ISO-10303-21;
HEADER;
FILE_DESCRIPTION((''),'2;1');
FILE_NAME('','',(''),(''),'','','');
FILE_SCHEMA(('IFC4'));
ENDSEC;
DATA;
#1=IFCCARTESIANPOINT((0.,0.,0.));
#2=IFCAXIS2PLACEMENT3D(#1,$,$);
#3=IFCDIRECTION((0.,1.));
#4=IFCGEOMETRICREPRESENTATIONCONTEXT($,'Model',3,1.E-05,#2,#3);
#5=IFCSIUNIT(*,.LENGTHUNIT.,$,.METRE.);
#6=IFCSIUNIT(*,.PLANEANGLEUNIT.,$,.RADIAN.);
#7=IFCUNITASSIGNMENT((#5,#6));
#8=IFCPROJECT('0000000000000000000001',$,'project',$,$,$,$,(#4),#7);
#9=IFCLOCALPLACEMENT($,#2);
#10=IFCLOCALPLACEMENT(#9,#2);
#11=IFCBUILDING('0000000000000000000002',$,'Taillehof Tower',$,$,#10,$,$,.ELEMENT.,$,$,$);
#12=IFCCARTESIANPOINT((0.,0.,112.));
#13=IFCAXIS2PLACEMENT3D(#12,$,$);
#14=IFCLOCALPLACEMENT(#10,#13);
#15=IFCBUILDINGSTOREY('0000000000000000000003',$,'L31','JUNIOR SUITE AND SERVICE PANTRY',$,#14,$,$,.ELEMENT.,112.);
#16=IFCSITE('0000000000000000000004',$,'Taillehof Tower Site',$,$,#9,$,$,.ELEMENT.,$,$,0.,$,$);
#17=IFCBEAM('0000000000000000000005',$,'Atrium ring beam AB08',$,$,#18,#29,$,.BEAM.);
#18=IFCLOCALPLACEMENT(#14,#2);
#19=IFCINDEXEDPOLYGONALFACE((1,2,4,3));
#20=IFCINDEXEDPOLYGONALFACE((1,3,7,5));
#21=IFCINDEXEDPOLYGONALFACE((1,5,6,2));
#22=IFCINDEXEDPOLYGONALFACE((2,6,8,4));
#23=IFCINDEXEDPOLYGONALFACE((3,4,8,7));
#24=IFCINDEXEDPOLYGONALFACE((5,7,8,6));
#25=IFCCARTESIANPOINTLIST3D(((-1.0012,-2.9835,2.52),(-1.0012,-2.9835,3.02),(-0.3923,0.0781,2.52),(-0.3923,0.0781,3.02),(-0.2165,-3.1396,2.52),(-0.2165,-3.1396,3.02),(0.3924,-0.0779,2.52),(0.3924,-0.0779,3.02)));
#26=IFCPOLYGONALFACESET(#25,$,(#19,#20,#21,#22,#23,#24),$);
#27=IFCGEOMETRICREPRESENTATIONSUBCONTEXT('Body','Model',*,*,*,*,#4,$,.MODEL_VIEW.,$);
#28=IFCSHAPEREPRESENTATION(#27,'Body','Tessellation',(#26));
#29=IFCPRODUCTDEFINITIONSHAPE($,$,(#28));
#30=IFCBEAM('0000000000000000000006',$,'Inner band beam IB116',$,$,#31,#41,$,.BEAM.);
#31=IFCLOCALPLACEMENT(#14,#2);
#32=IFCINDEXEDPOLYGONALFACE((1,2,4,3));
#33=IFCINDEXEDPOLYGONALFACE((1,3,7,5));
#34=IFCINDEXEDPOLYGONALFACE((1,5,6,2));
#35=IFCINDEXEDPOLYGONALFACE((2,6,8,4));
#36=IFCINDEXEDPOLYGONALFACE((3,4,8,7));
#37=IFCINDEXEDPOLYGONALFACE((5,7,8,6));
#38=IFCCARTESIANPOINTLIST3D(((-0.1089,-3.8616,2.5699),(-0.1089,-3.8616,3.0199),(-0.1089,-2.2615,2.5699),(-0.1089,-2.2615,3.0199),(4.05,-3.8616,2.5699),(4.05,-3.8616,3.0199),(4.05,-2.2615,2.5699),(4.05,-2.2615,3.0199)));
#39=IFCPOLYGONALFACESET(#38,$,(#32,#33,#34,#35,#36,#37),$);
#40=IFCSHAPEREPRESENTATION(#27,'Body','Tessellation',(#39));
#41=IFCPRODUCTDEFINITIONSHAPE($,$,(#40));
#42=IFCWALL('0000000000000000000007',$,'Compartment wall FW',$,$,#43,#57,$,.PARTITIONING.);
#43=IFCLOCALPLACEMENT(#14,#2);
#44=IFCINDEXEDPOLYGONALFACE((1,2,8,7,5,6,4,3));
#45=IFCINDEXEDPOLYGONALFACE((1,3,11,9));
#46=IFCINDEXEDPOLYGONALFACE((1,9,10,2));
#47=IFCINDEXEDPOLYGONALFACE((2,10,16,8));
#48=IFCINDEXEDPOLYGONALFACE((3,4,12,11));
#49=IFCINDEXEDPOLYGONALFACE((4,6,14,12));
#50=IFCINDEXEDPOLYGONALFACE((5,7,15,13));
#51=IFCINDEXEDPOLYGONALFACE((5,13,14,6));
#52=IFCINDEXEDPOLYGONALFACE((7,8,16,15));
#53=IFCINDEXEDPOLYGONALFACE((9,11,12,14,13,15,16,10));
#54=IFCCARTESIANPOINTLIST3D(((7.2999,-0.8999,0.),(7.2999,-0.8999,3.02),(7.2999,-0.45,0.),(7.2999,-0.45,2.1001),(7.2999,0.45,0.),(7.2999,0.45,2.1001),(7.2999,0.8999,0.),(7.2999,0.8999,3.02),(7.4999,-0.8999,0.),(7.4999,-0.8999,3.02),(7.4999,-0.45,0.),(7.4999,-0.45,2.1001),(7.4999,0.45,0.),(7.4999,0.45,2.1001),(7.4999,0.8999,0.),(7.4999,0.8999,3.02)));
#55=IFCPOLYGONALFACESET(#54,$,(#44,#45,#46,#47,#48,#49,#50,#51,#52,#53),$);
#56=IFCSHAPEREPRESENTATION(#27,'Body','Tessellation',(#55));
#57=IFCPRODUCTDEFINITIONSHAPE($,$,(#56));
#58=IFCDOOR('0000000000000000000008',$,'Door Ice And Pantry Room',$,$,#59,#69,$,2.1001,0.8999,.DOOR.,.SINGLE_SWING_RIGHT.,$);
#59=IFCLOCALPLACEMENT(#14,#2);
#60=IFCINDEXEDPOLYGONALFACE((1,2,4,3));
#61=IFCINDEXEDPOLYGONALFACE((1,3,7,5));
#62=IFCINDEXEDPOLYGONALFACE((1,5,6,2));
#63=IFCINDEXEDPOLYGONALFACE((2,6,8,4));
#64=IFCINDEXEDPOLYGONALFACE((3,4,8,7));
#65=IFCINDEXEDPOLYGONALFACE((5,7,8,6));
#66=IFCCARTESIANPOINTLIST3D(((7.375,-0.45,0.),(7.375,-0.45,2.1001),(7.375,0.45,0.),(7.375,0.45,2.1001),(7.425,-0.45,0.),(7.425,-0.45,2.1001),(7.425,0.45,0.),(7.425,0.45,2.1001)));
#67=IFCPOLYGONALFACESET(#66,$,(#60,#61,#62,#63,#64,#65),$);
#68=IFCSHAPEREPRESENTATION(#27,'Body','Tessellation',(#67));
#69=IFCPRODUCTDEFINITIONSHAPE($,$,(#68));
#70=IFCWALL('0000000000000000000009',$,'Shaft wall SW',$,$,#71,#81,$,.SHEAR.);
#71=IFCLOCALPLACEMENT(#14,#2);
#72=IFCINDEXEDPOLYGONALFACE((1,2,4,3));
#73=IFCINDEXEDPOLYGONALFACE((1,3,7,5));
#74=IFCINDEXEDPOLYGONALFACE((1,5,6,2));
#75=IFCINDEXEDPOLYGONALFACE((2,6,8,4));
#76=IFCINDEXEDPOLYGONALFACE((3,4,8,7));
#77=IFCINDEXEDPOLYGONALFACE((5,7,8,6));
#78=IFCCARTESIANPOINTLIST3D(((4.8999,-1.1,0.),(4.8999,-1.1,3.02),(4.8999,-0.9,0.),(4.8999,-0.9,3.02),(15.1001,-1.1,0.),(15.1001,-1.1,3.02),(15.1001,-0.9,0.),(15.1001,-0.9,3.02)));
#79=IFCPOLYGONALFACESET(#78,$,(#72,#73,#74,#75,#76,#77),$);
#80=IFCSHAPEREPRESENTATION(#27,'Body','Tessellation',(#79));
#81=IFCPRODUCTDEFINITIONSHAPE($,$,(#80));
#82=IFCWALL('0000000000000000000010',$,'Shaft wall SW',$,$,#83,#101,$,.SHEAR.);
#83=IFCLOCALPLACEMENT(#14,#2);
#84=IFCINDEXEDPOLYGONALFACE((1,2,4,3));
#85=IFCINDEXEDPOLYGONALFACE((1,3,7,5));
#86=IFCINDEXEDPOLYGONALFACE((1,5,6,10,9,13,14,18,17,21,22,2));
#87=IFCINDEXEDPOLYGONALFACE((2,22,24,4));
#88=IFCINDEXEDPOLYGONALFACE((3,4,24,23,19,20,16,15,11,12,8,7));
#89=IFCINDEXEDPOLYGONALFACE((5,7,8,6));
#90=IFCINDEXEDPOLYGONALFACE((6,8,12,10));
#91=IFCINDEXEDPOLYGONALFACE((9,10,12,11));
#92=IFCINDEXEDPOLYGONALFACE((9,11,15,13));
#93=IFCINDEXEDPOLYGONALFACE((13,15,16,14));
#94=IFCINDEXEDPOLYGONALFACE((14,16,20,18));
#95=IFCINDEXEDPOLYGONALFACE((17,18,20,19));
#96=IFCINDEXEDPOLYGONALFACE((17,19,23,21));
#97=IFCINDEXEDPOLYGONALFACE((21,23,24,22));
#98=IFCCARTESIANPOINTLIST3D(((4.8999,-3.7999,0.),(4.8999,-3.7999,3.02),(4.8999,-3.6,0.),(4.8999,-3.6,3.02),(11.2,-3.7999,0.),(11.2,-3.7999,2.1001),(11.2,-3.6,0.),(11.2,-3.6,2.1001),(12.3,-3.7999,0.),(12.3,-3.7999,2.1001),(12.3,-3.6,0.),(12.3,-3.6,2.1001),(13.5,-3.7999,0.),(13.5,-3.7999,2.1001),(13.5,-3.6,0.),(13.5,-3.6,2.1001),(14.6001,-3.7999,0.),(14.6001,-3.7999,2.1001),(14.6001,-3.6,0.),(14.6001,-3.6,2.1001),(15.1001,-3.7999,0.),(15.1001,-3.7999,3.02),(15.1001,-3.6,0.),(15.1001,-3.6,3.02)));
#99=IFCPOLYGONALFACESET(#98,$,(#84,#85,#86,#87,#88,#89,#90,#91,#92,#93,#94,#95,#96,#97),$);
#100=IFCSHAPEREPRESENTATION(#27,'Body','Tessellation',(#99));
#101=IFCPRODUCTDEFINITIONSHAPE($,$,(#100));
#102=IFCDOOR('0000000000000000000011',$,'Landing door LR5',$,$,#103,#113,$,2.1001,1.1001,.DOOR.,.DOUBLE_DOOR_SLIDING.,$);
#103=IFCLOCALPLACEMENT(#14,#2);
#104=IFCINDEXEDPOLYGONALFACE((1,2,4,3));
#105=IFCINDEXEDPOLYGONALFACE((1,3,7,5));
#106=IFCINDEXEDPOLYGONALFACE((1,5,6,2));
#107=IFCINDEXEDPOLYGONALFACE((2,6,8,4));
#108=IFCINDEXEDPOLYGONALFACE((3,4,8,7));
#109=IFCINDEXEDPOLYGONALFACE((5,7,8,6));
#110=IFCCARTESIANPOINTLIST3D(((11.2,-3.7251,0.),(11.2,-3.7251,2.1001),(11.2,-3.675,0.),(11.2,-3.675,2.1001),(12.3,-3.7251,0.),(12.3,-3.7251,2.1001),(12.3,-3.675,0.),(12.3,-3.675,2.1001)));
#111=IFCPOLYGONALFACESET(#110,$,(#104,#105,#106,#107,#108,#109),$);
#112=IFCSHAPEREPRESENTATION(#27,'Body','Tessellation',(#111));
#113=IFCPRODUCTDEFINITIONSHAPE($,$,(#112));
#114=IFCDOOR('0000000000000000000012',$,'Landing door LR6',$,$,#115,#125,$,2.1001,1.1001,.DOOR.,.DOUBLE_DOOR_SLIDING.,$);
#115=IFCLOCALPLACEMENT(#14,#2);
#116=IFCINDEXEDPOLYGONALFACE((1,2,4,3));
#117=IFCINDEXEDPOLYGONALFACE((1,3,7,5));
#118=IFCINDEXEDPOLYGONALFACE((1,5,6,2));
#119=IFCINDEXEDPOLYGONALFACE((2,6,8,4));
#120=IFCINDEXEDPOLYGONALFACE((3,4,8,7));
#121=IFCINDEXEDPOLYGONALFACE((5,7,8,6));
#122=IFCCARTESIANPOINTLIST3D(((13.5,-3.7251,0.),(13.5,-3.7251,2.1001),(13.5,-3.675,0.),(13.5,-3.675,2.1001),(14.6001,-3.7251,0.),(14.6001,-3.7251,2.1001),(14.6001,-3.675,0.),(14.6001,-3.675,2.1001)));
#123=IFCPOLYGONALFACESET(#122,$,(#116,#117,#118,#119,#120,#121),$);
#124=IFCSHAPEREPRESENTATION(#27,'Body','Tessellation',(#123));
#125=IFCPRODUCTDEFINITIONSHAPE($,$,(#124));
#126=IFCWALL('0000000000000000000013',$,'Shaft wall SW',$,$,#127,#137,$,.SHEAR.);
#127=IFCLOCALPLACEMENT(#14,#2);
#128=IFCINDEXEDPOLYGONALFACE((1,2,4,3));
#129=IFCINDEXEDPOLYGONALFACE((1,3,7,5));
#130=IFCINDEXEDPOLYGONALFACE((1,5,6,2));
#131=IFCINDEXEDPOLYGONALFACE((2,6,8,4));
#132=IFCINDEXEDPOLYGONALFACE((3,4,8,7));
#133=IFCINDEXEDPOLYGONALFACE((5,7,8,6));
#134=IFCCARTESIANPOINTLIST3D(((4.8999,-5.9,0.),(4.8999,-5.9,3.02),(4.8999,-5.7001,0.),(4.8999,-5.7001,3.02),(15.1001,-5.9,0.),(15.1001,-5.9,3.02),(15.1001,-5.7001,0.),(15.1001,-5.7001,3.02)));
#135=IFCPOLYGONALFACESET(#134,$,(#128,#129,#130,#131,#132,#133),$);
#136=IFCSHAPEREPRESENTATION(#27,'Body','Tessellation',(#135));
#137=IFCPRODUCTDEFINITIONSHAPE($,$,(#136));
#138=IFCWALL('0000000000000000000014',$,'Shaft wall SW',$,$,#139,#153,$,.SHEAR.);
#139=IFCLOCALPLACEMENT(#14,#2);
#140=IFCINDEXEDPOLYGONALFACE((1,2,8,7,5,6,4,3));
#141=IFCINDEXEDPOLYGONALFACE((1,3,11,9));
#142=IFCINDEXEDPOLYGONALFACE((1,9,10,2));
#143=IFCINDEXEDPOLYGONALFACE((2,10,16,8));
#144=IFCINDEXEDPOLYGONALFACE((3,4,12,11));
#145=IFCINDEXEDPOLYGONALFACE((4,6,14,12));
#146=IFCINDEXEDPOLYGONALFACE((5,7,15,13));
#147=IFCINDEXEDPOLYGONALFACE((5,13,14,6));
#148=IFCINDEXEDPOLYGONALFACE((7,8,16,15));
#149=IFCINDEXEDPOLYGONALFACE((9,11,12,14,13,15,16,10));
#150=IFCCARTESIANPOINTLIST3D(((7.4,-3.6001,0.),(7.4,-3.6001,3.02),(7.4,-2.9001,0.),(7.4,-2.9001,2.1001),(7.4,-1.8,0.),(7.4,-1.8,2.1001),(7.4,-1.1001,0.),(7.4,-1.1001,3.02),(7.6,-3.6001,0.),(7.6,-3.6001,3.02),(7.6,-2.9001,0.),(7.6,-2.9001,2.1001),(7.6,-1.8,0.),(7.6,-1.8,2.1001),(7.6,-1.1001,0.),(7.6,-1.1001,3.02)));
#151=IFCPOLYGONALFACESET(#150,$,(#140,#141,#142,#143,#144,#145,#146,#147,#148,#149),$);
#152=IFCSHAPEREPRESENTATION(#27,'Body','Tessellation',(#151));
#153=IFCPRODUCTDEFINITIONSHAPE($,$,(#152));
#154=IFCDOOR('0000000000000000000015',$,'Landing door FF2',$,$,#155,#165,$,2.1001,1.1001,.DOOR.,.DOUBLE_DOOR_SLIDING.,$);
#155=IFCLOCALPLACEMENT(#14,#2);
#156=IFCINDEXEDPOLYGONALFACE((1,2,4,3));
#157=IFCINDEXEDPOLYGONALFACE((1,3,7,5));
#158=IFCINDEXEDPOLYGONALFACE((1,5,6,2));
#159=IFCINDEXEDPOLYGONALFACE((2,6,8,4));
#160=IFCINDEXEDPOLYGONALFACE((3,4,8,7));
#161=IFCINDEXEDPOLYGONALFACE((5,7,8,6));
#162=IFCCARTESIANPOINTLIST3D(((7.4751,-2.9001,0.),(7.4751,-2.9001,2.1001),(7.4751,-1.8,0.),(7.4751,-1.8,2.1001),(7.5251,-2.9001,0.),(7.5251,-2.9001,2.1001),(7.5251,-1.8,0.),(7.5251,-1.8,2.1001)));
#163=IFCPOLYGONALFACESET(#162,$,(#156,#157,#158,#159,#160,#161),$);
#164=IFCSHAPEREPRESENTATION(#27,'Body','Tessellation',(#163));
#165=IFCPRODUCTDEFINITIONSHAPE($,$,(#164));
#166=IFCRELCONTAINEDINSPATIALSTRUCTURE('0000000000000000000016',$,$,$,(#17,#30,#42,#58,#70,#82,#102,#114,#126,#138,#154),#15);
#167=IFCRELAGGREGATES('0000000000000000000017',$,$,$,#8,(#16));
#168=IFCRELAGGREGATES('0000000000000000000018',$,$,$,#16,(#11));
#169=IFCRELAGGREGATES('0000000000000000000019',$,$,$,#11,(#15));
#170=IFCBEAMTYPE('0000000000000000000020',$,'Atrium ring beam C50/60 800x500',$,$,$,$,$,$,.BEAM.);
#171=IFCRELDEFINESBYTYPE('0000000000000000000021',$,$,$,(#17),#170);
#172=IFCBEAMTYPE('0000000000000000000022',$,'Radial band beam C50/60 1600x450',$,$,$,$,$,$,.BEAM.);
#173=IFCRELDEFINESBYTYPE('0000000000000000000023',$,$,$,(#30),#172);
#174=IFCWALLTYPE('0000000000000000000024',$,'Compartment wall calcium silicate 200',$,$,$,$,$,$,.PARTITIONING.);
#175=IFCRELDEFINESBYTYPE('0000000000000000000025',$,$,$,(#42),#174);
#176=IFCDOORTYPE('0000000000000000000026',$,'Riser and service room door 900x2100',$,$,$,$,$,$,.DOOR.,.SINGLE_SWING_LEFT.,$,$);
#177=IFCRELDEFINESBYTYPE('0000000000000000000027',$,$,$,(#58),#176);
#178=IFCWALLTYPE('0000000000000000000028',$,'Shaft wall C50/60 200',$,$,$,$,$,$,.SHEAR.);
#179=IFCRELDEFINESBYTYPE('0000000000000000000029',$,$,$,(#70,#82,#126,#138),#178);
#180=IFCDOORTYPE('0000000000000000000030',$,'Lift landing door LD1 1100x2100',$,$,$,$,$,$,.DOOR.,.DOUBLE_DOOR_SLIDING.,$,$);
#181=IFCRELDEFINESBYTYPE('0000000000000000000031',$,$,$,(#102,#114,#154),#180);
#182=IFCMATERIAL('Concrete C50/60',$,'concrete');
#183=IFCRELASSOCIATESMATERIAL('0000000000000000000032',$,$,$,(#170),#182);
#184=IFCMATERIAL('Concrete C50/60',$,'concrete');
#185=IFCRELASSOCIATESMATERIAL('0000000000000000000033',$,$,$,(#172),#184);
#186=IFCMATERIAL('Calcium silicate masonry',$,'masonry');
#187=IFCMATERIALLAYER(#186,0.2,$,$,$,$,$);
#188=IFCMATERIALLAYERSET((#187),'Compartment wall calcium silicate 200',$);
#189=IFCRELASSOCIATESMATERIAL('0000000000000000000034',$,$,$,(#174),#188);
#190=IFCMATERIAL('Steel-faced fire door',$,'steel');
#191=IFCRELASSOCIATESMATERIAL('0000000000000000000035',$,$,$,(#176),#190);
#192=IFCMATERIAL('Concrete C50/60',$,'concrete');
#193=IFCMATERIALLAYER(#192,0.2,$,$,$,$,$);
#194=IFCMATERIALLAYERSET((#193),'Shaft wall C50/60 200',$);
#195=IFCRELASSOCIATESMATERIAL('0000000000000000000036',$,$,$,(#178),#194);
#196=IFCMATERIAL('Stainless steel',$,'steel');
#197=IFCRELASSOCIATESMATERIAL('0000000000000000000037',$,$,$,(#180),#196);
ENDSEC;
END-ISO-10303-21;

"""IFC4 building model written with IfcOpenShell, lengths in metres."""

from ifc_helpers import new_model, si_unit, direction, frame, frame_2d, origin, origin_2d, place, context, subcontext, project, spatial, rectangle, extrude, material, layer, layer_set, material_profile, profile_set, type_object, element, fill, save


model = new_model("IFC4")

# Units and contexts
model_context = context("Model", 3, precision=1e-05, world=origin(), true_north=direction((0.0, 1.0)))
body_context = subcontext(model_context, "Body", "Model", "MODEL_VIEW")
ifc_project = project(units=[si_unit("LENGTHUNIT", "METRE"), si_unit("PLANEANGLEUNIT", "RADIAN")], contexts=[model_context])

# Site, building, storey
site_placement = place(None, origin())
site = spatial("IfcSite", under=ifc_project, at=site_placement, Name="Taillehof Tower Site", CompositionType="ELEMENT", RefElevation=0.0)
building_placement = place(site_placement, origin())
building = spatial("IfcBuilding", under=site, at=building_placement, Name="Taillehof Tower", CompositionType="ELEMENT")
storey_placement = place(building_placement, frame((0.0, 0.0, 112.0)))
storey = spatial("IfcBuildingStorey", under=building, at=storey_placement, Name="L31", Description="JUNIOR SUITE AND SERVICE PANTRY", CompositionType="ELEMENT", Elevation=112.0)

# Beams
ifc_material_1 = material(Name="Concrete C50/60", Category="concrete")
ifc_material_profile_1 = material_profile(ifc_material_1, rectangle(XDim=0.8, YDim=0.5, at=origin_2d()), Name="RC 800x500")
ifc_profile_set_1 = profile_set([ifc_material_profile_1], Name="Concrete C50/60")
beam_type_1 = type_object("IfcBeamType", Name="Atrium ring beam C50/60 800x500", PredefinedType="BEAM", material=ifc_profile_set_1)
beam_1_placement = place(storey_placement, frame((-0.6089, -3.0615, 2.77), z_axis=(0.195063, 0.980791, 0.0), x_axis=(-0.980791, 0.195063, 0.0)))
element("IfcBeam", 1, at=beam_1_placement, inside=storey, type_object=beam_type_1, Name="Atrium ring beam AB08", PredefinedType="BEAM", context=body_context, shape_type="SweptSolid", body=[
    extrude(rectangle(XDim=0.8, YDim=0.5, at=origin_2d()), origin(), (0.0, 0.0, 1.0), 3.1216),
])
ifc_material_2 = material(Name="Concrete C50/60", Category="concrete")
ifc_material_profile_2 = material_profile(ifc_material_2, rectangle(XDim=1.6001, YDim=0.45, at=origin_2d()), Name="RC 1600x450")
ifc_profile_set_2 = profile_set([ifc_material_profile_2], Name="Concrete C50/60")
beam_type_2 = type_object("IfcBeamType", Name="Radial band beam C50/60 1600x450", PredefinedType="BEAM", material=ifc_profile_set_2)
beam_2_placement = place(storey_placement, frame((-0.1089, -3.0615, 2.7949), z_axis=(1.0, 0.0, 0.0), x_axis=(0.0, 1.0, 0.0)))
element("IfcBeam", 2, at=beam_2_placement, inside=storey, type_object=beam_type_2, Name="Inner band beam IB116", PredefinedType="BEAM", context=body_context, shape_type="SweptSolid", body=[
    extrude(rectangle(XDim=1.6001, YDim=0.45, at=origin_2d()), origin(), (0.0, 0.0, 1.0), 4.1589),
])

# Wall, opening, door
ifc_material_3 = material(Name="Calcium silicate masonry", Category="masonry")
ifc_layer_1 = layer(ifc_material_3, 0.2)
ifc_layer_set_1 = layer_set([ifc_layer_1], Name="Compartment wall calcium silicate 200")
wall_type_1 = type_object("IfcWallType", Name="Compartment wall calcium silicate 200", PredefinedType="PARTITIONING", material=ifc_layer_set_1)
wall_1_placement = place(storey_placement, frame((7.3999, -0.8999, 0.0), z_axis=(0.0, 0.0, 1.0), x_axis=(0.0, 1.0, 0.0)))
wall_1 = element("IfcWall", 3, at=wall_1_placement, inside=storey, type_object=wall_type_1, Name="Compartment wall FW", PredefinedType="PARTITIONING", context=body_context, shape_type="SweptSolid", body=[
    extrude(rectangle(XDim=1.7998, YDim=0.2, at=frame_2d((0.8999, 0.0))), origin(), (0.0, 0.0, 1.0), 3.02),
])
opening_1_placement = place(wall_1_placement, frame((0.45, 0.0, 0.0)))
opening_1 = element("IfcOpeningElement", 4, at=opening_1_placement, cuts=wall_1, PredefinedType="OPENING", context=body_context, shape_type="SweptSolid", body=[
    extrude(rectangle(XDim=0.8999, YDim=2.1001, at=frame_2d((0.45, 1.05))), frame((0.0, 0.1099, 0.0), z_axis=(0.0, -1.0, 0.0), x_axis=(1.0, 0.0, 0.0)), (0.0, 0.0, 1.0), 0.22),
])
ifc_material_4 = material(Name="Steel-faced fire door", Category="steel")
door_type_1 = type_object("IfcDoorType", Name="Riser and service room door 900x2100", OperationType="SINGLE_SWING_LEFT", PredefinedType="DOOR", material=ifc_material_4)
door_1_placement = place(opening_1_placement, origin())
door_1 = element("IfcDoor", 5, at=door_1_placement, inside=storey, type_object=door_type_1, Name="Door Ice And Pantry Room", OperationType="SINGLE_SWING_RIGHT", OverallHeight=2.1001, OverallWidth=0.8999, PredefinedType="DOOR", context=body_context, shape_type="SweptSolid", body=[
    extrude(rectangle(XDim=0.8999, YDim=2.1001, at=frame_2d((0.45, 1.05))), frame((0.0, 0.0249, 0.0), z_axis=(0.0, -1.0, 0.0), x_axis=(1.0, 0.0, 0.0)), (0.0, 0.0, 1.0), 0.05),
])
fill(opening_1, door_1)

# Wall
ifc_material_5 = material(Name="Concrete C50/60", Category="concrete")
ifc_layer_2 = layer(ifc_material_5, 0.2)
ifc_layer_set_2 = layer_set([ifc_layer_2], Name="Shaft wall C50/60 200")
wall_type_2 = type_object("IfcWallType", Name="Shaft wall C50/60 200", PredefinedType="SHEAR", material=ifc_layer_set_2)
wall_2_placement = place(storey_placement, frame((4.8999, -1.0, 0.0), z_axis=(0.0, 0.0, 1.0), x_axis=(1.0, 0.0, 0.0)))
element("IfcWall", 6, at=wall_2_placement, inside=storey, type_object=wall_type_2, Name="Shaft wall SW", PredefinedType="SHEAR", context=body_context, shape_type="SweptSolid", body=[
    extrude(rectangle(XDim=10.2002, YDim=0.2, at=frame_2d((5.1001, 0.0))), origin(), (0.0, 0.0, 1.0), 3.02),
])

# Wall, openings, doors
wall_3_placement = place(storey_placement, frame((4.8999, -3.7, 0.0), z_axis=(0.0, 0.0, 1.0), x_axis=(1.0, 0.0, 0.0)))
wall_3 = element("IfcWall", 7, at=wall_3_placement, inside=storey, type_object=wall_type_2, Name="Shaft wall SW", PredefinedType="SHEAR", context=body_context, shape_type="SweptSolid", body=[
    extrude(rectangle(XDim=10.2002, YDim=0.2, at=frame_2d((5.1001, 0.0))), origin(), (0.0, 0.0, 1.0), 3.02),
])
opening_2_placement = place(wall_3_placement, frame((6.3, 0.0, 0.0)))
opening_2 = element("IfcOpeningElement", 8, at=opening_2_placement, cuts=wall_3, PredefinedType="OPENING", context=body_context, shape_type="SweptSolid", body=[
    extrude(rectangle(XDim=1.1001, YDim=2.1001, at=frame_2d((0.55, 1.05))), frame((0.0, 0.1099, 0.0), z_axis=(0.0, -1.0, 0.0), x_axis=(1.0, 0.0, 0.0)), (0.0, 0.0, 1.0), 0.22),
])
opening_3_placement = place(wall_3_placement, frame((8.6001, 0.0, 0.0)))
opening_3 = element("IfcOpeningElement", 9, at=opening_3_placement, cuts=wall_3, PredefinedType="OPENING", context=body_context, shape_type="SweptSolid", body=[
    extrude(rectangle(XDim=1.1001, YDim=2.1001, at=frame_2d((0.55, 1.05))), frame((0.0, 0.1099, 0.0), z_axis=(0.0, -1.0, 0.0), x_axis=(1.0, 0.0, 0.0)), (0.0, 0.0, 1.0), 0.22),
])
ifc_material_6 = material(Name="Stainless steel", Category="steel")
door_type_2 = type_object("IfcDoorType", Name="Lift landing door LD1 1100x2100", OperationType="DOUBLE_DOOR_SLIDING", PredefinedType="DOOR", material=ifc_material_6)
door_2_placement = place(opening_2_placement, origin())
door_2 = element("IfcDoor", 10, at=door_2_placement, inside=storey, type_object=door_type_2, Name="Landing door LR5", OperationType="DOUBLE_DOOR_SLIDING", OverallHeight=2.1001, OverallWidth=1.1001, PredefinedType="DOOR", context=body_context, shape_type="SweptSolid", body=[
    extrude(rectangle(XDim=1.1001, YDim=2.1001, at=frame_2d((0.55, 1.05))), frame((0.0, 0.0249, 0.0), z_axis=(0.0, -1.0, 0.0), x_axis=(1.0, 0.0, 0.0)), (0.0, 0.0, 1.0), 0.05),
])
fill(opening_2, door_2)
door_3_placement = place(opening_3_placement, origin())
door_3 = element("IfcDoor", 11, at=door_3_placement, inside=storey, type_object=door_type_2, Name="Landing door LR6", OperationType="DOUBLE_DOOR_SLIDING", OverallHeight=2.1001, OverallWidth=1.1001, PredefinedType="DOOR", context=body_context, shape_type="SweptSolid", body=[
    extrude(rectangle(XDim=1.1001, YDim=2.1001, at=frame_2d((0.55, 1.05))), frame((0.0, 0.0249, 0.0), z_axis=(0.0, -1.0, 0.0), x_axis=(1.0, 0.0, 0.0)), (0.0, 0.0, 1.0), 0.05),
])
fill(opening_3, door_3)

# Wall
wall_4_placement = place(storey_placement, frame((4.8999, -5.8, 0.0), z_axis=(0.0, 0.0, 1.0), x_axis=(1.0, 0.0, 0.0)))
element("IfcWall", 12, at=wall_4_placement, inside=storey, type_object=wall_type_2, Name="Shaft wall SW", PredefinedType="SHEAR", context=body_context, shape_type="SweptSolid", body=[
    extrude(rectangle(XDim=10.2002, YDim=0.2, at=frame_2d((5.1001, 0.0))), origin(), (0.0, 0.0, 1.0), 3.02),
])

# Wall, opening, door
wall_5_placement = place(storey_placement, frame((7.5, -3.6001, 0.0), z_axis=(0.0, 0.0, 1.0), x_axis=(0.0, 1.0, 0.0)))
wall_5 = element("IfcWall", 13, at=wall_5_placement, inside=storey, type_object=wall_type_2, Name="Shaft wall SW", PredefinedType="SHEAR", context=body_context, shape_type="SweptSolid", body=[
    extrude(rectangle(XDim=2.5, YDim=0.2, at=frame_2d((1.25, 0.0))), origin(), (0.0, 0.0, 1.0), 3.02),
])
opening_4_placement = place(wall_5_placement, frame((0.7, 0.0, 0.0)))
opening_4 = element("IfcOpeningElement", 14, at=opening_4_placement, cuts=wall_5, PredefinedType="OPENING", context=body_context, shape_type="SweptSolid", body=[
    extrude(rectangle(XDim=1.1001, YDim=2.1001, at=frame_2d((0.55, 1.05))), frame((0.0, 0.1099, 0.0), z_axis=(0.0, -1.0, 0.0), x_axis=(1.0, 0.0, 0.0)), (0.0, 0.0, 1.0), 0.22),
])
door_4_placement = place(opening_4_placement, origin())
door_4 = element("IfcDoor", 15, at=door_4_placement, inside=storey, type_object=door_type_2, Name="Landing door FF2", OperationType="DOUBLE_DOOR_SLIDING", OverallHeight=2.1001, OverallWidth=1.1001, PredefinedType="DOOR", context=body_context, shape_type="SweptSolid", body=[
    extrude(rectangle(XDim=1.1001, YDim=2.1001, at=frame_2d((0.55, 1.05))), frame((0.0, 0.0249, 0.0), z_axis=(0.0, -1.0, 0.0), x_axis=(1.0, 0.0, 0.0)), (0.0, 0.0, 1.0), 0.05),
])
fill(opening_4, door_4)

save(model, "model.ifc")
